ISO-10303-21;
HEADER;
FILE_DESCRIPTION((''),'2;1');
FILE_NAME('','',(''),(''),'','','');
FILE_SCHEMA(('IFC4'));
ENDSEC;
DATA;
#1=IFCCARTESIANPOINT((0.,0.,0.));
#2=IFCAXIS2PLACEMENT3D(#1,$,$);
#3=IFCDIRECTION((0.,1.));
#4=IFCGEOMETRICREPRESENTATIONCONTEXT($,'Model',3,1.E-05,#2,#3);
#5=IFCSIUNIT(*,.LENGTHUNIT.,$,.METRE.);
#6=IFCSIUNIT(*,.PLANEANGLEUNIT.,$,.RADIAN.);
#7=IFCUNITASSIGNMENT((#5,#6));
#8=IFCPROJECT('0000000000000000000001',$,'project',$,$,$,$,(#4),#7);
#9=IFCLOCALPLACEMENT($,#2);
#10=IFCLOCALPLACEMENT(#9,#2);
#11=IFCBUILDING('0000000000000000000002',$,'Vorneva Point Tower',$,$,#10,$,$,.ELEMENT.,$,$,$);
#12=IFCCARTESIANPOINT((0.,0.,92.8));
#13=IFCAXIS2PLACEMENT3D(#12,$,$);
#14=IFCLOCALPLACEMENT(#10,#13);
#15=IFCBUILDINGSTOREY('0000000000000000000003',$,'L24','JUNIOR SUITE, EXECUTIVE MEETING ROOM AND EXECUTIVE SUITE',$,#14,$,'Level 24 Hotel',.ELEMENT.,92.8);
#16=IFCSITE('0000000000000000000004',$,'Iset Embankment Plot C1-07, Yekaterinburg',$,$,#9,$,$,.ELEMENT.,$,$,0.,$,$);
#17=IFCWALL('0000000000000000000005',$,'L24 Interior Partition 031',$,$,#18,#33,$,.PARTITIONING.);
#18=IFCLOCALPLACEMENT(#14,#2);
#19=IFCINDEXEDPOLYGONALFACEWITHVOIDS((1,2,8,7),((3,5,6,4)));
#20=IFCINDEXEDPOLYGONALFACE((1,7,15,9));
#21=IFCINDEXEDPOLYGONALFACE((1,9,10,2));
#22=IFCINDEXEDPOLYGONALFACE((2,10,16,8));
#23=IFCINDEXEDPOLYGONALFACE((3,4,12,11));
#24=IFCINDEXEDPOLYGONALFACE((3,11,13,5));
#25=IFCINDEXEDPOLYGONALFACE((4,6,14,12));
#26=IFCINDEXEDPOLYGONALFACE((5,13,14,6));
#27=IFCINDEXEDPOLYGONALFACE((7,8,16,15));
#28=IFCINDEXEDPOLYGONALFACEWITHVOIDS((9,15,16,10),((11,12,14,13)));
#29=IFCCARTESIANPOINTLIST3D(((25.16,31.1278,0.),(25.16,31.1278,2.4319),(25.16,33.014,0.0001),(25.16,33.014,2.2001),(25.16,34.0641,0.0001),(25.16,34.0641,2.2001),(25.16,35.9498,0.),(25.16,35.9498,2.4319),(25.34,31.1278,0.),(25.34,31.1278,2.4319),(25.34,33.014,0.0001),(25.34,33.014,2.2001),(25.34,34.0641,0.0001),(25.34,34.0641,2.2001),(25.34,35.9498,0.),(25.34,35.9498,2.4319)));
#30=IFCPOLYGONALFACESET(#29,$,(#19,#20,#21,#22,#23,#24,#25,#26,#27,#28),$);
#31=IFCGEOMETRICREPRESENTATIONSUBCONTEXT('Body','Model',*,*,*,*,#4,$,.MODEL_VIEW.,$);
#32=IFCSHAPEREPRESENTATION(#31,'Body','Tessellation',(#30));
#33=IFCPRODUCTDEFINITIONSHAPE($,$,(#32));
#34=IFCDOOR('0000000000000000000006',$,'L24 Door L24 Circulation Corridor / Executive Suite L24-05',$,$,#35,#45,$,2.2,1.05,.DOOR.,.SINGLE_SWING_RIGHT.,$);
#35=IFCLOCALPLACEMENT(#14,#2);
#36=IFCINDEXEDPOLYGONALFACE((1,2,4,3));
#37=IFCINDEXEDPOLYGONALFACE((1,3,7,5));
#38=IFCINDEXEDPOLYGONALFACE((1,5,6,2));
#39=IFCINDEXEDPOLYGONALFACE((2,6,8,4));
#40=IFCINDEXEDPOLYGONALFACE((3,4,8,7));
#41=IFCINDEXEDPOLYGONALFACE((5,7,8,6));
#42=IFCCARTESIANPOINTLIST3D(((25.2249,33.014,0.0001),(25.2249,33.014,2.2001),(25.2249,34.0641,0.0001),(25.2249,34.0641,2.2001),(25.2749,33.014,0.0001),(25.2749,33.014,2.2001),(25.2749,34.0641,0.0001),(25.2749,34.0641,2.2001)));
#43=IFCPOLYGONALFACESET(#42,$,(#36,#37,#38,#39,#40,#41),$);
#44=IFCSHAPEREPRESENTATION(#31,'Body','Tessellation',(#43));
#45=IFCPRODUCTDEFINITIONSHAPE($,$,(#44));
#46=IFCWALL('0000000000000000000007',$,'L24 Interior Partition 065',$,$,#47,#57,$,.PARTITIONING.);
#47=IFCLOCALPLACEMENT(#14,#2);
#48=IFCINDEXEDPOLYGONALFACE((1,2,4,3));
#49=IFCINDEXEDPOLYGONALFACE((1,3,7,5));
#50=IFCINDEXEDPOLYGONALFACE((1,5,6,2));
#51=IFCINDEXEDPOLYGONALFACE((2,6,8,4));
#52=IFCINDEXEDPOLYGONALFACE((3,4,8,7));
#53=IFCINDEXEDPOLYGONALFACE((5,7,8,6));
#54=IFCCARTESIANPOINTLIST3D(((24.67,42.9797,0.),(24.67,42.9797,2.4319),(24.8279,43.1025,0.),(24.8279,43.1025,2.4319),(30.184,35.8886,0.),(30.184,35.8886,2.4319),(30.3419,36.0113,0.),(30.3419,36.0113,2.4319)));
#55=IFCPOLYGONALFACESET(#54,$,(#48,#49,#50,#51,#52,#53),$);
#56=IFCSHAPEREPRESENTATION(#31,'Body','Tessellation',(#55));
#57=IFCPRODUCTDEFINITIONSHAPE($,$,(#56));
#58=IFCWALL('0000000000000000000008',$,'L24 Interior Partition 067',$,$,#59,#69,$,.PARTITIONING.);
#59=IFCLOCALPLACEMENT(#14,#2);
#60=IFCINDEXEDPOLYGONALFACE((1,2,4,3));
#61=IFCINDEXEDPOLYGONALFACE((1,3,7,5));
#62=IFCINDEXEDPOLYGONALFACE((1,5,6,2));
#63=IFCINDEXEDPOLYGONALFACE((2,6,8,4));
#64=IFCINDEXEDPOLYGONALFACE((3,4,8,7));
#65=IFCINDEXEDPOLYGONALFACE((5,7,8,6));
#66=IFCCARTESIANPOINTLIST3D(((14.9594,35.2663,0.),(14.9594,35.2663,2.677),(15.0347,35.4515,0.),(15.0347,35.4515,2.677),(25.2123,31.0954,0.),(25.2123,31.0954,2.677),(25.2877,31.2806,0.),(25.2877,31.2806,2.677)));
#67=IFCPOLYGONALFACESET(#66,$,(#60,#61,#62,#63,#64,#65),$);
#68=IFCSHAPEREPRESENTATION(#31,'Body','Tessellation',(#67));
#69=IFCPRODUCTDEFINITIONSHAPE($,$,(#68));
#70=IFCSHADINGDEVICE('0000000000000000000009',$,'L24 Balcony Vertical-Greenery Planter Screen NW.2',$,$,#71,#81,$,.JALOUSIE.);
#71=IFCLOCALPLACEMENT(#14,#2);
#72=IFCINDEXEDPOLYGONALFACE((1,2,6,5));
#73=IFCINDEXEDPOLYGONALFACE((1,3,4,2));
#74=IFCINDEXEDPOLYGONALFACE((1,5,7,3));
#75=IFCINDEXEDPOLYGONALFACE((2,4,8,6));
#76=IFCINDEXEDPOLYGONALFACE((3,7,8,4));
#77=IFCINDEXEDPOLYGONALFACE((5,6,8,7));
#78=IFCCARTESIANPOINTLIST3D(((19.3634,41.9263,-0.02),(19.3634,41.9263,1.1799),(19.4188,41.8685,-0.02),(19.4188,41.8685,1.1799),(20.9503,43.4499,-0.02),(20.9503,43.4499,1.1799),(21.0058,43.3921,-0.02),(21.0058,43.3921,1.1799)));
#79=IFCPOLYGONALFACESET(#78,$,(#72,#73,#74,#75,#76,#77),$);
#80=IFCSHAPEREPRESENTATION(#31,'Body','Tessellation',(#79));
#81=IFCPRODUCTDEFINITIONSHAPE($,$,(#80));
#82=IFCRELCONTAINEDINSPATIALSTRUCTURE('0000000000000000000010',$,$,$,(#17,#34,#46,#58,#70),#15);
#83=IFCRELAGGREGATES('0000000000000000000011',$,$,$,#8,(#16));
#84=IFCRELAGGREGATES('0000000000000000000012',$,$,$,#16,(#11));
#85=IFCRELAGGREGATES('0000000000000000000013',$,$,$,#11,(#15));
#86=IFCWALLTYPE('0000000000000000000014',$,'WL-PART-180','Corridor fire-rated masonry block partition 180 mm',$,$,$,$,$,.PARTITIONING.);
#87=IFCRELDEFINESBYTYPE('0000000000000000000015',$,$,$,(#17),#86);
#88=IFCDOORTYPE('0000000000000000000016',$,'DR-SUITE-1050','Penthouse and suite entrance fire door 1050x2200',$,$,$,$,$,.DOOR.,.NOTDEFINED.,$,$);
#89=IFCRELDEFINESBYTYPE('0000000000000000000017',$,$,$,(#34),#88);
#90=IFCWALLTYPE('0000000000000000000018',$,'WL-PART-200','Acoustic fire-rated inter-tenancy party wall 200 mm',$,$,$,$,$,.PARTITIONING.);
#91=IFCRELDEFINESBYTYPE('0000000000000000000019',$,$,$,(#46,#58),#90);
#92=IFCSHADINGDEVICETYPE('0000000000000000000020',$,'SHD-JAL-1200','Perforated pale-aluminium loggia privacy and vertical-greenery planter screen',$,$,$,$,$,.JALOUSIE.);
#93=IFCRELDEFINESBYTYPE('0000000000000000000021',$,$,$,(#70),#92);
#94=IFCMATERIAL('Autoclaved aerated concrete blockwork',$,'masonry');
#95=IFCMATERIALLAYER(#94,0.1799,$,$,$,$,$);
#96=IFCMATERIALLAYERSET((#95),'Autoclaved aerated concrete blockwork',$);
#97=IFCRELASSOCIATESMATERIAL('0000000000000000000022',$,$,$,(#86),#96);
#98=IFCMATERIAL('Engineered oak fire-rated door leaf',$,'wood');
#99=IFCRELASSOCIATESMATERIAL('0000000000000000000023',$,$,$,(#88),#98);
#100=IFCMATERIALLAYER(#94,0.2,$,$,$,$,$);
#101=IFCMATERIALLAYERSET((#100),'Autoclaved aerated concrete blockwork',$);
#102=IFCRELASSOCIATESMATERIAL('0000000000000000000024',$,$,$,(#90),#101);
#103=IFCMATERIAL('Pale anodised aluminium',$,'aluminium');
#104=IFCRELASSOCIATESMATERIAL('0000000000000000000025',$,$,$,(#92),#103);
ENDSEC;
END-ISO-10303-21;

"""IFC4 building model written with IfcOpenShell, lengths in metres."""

from ifc_helpers import new_model, si_unit, direction, frame, frame_2d, origin, origin_2d, place, context, subcontext, project, spatial, rectangle, extrude, material, layer, layer_set, type_object, element, fill, save


model = new_model("IFC4")

# Units and contexts
model_context = context("Model", 3, precision=1e-05, world=origin(), true_north=direction((0.0, 1.0)))
body_context = subcontext(model_context, "Body", "Model", "MODEL_VIEW")
ifc_project = project(units=[si_unit("LENGTHUNIT", "METRE"), si_unit("PLANEANGLEUNIT", "RADIAN")], contexts=[model_context])

# Site, building, storey
site_placement = place(None, origin())
site = spatial("IfcSite", under=ifc_project, at=site_placement, Name="Iset Embankment Plot C1-07, Yekaterinburg", CompositionType="ELEMENT", RefElevation=0.0)
building_placement = place(site_placement, origin())
building = spatial("IfcBuilding", under=site, at=building_placement, Name="Vorneva Point Tower", CompositionType="ELEMENT")
storey_placement = place(building_placement, frame((0.0, 0.0, 92.8)))
storey = spatial("IfcBuildingStorey", under=building, at=storey_placement, Name="L24", Description="JUNIOR SUITE, EXECUTIVE MEETING ROOM AND EXECUTIVE SUITE", LongName="Level 24 Hotel", CompositionType="ELEMENT", Elevation=92.8)

# Shared definitions
ifc_material_1 = material(Name="Pale anodised aluminium", Category="aluminium")

# Shared definitions
ifc_material_2 = material(Name="Engineered oak fire-rated door leaf", Category="wood")

# Shared definitions
ifc_material_3 = material(Name="Autoclaved aerated concrete blockwork", Category="masonry")
ifc_layer_1 = layer(ifc_material_3, 0.1799)
ifc_layer_set_1 = layer_set([ifc_layer_1], Name="Autoclaved aerated concrete blockwork")
wall_type_1 = type_object("IfcWallType", Name="WL-PART-180", Description="Corridor fire-rated masonry block partition 180 mm", PredefinedType="PARTITIONING", material=ifc_layer_set_1)

# Wall, opening, door
wall_1_placement = place(storey_placement, frame((25.25, 35.95, 0.0), z_axis=(0.0, 0.0, 1.0), x_axis=(0.0, -1.0, 0.0)))
wall_1 = element("IfcWall", 1, at=wall_1_placement, inside=storey, type_object=wall_type_1, Name="L24 Interior Partition 031", PredefinedType="PARTITIONING", context=body_context, shape_type="SweptSolid", body=[
    extrude(rectangle(XDim=4.822, YDim=0.1799, at=frame_2d((2.4111, 0.0))), origin(), (0.0, 0.0, 1.0), 2.4319),
])
opening_1_placement = place(wall_1_placement, frame((1.886, 0.0, 0.0)))
opening_1 = element("IfcOpeningElement", 2, at=opening_1_placement, cuts=wall_1, PredefinedType="OPENING", context=body_context, shape_type="SweptSolid", body=[
    extrude(rectangle(XDim=1.05, YDim=2.2, at=frame_2d((0.5249, 1.1001))), frame((0.0, 0.105, 0.0), z_axis=(0.0, -1.0, 0.0), x_axis=(1.0, 0.0, 0.0)), (0.0, 0.0, 1.0), 0.2097),
])
door_type_1 = type_object("IfcDoorType", Name="DR-SUITE-1050", Description="Penthouse and suite entrance fire door 1050x2200", OperationType="NOTDEFINED", PredefinedType="DOOR", material=ifc_material_2)
door_1_placement = place(opening_1_placement, origin())
door_1 = element("IfcDoor", 3, at=door_1_placement, inside=storey, type_object=door_type_1, Name="L24 Door L24 Circulation Corridor / Executive Suite L24-05", OperationType="SINGLE_SWING_RIGHT", OverallHeight=2.2, OverallWidth=1.05, PredefinedType="DOOR", context=body_context, shape_type="SweptSolid", body=[
    extrude(rectangle(XDim=1.05, YDim=2.2, at=frame_2d((0.5249, 1.1001))), frame((0.0, 0.0249, 0.0), z_axis=(0.0, -1.0, 0.0), x_axis=(1.0, 0.0, 0.0)), (0.0, 0.0, 1.0), 0.05),
])
fill(opening_1, door_1)

# Walls
ifc_layer_2 = layer(ifc_material_3, 0.2)
ifc_layer_set_2 = layer_set([ifc_layer_2], Name="Autoclaved aerated concrete blockwork")
wall_type_2 = type_object("IfcWallType", Name="WL-PART-200", Description="Acoustic fire-rated inter-tenancy party wall 200 mm", PredefinedType="PARTITIONING", material=ifc_layer_set_2)
wall_2_placement = place(storey_placement, frame((24.749, 43.041, 0.0), z_axis=(0.0, 0.0, 1.0), x_axis=(0.613847, -0.789425, 0.0)))
element("IfcWall", 4, at=wall_2_placement, inside=storey, type_object=wall_type_2, Name="L24 Interior Partition 065", PredefinedType="PARTITIONING", context=body_context, shape_type="SweptSolid", body=[
    extrude(rectangle(XDim=8.9827, YDim=0.2, at=frame_2d((4.4912, 0.0))), origin(), (0.0, 0.0, 1.0), 2.4319),
])
wall_3_placement = place(storey_placement, frame((14.9971, 35.3589, 0.0), z_axis=(0.0, 0.0, 1.0), x_axis=(0.926289, -0.376815, 0.0)))
element("IfcWall", 5, at=wall_3_placement, inside=storey, type_object=wall_type_2, Name="L24 Interior Partition 067", PredefinedType="PARTITIONING", context=body_context, shape_type="SweptSolid", body=[
    extrude(rectangle(XDim=11.0688, YDim=0.2, at=frame_2d((5.5344, 0.0))), origin(), (0.0, 0.0, 1.0), 2.677),
])

# Shading device
shading_device_type = type_object("IfcShadingDeviceType", Name="SHD-JAL-1200", Description="Perforated pale-aluminium loggia privacy and vertical-greenery planter screen", PredefinedType="JALOUSIE", material=ifc_material_1)
shading_device_placement = place(storey_placement, frame((20.1846, 42.6592, -0.02), z_axis=(0.0, 0.0, 1.0), x_axis=(-0.721349, -0.692571, 0.0)))
element("IfcShadingDevice", 6, at=shading_device_placement, inside=storey, type_object=shading_device_type, Name="L24 Balcony Vertical-Greenery Planter Screen NW.2", PredefinedType="JALOUSIE", context=body_context, shape_type="SweptSolid", body=[
    extrude(rectangle(XDim=2.2, YDim=0.0801, at=origin_2d()), origin(), (0.0, 0.0, 1.0), 1.2),
])

save(model, "model.ifc")
